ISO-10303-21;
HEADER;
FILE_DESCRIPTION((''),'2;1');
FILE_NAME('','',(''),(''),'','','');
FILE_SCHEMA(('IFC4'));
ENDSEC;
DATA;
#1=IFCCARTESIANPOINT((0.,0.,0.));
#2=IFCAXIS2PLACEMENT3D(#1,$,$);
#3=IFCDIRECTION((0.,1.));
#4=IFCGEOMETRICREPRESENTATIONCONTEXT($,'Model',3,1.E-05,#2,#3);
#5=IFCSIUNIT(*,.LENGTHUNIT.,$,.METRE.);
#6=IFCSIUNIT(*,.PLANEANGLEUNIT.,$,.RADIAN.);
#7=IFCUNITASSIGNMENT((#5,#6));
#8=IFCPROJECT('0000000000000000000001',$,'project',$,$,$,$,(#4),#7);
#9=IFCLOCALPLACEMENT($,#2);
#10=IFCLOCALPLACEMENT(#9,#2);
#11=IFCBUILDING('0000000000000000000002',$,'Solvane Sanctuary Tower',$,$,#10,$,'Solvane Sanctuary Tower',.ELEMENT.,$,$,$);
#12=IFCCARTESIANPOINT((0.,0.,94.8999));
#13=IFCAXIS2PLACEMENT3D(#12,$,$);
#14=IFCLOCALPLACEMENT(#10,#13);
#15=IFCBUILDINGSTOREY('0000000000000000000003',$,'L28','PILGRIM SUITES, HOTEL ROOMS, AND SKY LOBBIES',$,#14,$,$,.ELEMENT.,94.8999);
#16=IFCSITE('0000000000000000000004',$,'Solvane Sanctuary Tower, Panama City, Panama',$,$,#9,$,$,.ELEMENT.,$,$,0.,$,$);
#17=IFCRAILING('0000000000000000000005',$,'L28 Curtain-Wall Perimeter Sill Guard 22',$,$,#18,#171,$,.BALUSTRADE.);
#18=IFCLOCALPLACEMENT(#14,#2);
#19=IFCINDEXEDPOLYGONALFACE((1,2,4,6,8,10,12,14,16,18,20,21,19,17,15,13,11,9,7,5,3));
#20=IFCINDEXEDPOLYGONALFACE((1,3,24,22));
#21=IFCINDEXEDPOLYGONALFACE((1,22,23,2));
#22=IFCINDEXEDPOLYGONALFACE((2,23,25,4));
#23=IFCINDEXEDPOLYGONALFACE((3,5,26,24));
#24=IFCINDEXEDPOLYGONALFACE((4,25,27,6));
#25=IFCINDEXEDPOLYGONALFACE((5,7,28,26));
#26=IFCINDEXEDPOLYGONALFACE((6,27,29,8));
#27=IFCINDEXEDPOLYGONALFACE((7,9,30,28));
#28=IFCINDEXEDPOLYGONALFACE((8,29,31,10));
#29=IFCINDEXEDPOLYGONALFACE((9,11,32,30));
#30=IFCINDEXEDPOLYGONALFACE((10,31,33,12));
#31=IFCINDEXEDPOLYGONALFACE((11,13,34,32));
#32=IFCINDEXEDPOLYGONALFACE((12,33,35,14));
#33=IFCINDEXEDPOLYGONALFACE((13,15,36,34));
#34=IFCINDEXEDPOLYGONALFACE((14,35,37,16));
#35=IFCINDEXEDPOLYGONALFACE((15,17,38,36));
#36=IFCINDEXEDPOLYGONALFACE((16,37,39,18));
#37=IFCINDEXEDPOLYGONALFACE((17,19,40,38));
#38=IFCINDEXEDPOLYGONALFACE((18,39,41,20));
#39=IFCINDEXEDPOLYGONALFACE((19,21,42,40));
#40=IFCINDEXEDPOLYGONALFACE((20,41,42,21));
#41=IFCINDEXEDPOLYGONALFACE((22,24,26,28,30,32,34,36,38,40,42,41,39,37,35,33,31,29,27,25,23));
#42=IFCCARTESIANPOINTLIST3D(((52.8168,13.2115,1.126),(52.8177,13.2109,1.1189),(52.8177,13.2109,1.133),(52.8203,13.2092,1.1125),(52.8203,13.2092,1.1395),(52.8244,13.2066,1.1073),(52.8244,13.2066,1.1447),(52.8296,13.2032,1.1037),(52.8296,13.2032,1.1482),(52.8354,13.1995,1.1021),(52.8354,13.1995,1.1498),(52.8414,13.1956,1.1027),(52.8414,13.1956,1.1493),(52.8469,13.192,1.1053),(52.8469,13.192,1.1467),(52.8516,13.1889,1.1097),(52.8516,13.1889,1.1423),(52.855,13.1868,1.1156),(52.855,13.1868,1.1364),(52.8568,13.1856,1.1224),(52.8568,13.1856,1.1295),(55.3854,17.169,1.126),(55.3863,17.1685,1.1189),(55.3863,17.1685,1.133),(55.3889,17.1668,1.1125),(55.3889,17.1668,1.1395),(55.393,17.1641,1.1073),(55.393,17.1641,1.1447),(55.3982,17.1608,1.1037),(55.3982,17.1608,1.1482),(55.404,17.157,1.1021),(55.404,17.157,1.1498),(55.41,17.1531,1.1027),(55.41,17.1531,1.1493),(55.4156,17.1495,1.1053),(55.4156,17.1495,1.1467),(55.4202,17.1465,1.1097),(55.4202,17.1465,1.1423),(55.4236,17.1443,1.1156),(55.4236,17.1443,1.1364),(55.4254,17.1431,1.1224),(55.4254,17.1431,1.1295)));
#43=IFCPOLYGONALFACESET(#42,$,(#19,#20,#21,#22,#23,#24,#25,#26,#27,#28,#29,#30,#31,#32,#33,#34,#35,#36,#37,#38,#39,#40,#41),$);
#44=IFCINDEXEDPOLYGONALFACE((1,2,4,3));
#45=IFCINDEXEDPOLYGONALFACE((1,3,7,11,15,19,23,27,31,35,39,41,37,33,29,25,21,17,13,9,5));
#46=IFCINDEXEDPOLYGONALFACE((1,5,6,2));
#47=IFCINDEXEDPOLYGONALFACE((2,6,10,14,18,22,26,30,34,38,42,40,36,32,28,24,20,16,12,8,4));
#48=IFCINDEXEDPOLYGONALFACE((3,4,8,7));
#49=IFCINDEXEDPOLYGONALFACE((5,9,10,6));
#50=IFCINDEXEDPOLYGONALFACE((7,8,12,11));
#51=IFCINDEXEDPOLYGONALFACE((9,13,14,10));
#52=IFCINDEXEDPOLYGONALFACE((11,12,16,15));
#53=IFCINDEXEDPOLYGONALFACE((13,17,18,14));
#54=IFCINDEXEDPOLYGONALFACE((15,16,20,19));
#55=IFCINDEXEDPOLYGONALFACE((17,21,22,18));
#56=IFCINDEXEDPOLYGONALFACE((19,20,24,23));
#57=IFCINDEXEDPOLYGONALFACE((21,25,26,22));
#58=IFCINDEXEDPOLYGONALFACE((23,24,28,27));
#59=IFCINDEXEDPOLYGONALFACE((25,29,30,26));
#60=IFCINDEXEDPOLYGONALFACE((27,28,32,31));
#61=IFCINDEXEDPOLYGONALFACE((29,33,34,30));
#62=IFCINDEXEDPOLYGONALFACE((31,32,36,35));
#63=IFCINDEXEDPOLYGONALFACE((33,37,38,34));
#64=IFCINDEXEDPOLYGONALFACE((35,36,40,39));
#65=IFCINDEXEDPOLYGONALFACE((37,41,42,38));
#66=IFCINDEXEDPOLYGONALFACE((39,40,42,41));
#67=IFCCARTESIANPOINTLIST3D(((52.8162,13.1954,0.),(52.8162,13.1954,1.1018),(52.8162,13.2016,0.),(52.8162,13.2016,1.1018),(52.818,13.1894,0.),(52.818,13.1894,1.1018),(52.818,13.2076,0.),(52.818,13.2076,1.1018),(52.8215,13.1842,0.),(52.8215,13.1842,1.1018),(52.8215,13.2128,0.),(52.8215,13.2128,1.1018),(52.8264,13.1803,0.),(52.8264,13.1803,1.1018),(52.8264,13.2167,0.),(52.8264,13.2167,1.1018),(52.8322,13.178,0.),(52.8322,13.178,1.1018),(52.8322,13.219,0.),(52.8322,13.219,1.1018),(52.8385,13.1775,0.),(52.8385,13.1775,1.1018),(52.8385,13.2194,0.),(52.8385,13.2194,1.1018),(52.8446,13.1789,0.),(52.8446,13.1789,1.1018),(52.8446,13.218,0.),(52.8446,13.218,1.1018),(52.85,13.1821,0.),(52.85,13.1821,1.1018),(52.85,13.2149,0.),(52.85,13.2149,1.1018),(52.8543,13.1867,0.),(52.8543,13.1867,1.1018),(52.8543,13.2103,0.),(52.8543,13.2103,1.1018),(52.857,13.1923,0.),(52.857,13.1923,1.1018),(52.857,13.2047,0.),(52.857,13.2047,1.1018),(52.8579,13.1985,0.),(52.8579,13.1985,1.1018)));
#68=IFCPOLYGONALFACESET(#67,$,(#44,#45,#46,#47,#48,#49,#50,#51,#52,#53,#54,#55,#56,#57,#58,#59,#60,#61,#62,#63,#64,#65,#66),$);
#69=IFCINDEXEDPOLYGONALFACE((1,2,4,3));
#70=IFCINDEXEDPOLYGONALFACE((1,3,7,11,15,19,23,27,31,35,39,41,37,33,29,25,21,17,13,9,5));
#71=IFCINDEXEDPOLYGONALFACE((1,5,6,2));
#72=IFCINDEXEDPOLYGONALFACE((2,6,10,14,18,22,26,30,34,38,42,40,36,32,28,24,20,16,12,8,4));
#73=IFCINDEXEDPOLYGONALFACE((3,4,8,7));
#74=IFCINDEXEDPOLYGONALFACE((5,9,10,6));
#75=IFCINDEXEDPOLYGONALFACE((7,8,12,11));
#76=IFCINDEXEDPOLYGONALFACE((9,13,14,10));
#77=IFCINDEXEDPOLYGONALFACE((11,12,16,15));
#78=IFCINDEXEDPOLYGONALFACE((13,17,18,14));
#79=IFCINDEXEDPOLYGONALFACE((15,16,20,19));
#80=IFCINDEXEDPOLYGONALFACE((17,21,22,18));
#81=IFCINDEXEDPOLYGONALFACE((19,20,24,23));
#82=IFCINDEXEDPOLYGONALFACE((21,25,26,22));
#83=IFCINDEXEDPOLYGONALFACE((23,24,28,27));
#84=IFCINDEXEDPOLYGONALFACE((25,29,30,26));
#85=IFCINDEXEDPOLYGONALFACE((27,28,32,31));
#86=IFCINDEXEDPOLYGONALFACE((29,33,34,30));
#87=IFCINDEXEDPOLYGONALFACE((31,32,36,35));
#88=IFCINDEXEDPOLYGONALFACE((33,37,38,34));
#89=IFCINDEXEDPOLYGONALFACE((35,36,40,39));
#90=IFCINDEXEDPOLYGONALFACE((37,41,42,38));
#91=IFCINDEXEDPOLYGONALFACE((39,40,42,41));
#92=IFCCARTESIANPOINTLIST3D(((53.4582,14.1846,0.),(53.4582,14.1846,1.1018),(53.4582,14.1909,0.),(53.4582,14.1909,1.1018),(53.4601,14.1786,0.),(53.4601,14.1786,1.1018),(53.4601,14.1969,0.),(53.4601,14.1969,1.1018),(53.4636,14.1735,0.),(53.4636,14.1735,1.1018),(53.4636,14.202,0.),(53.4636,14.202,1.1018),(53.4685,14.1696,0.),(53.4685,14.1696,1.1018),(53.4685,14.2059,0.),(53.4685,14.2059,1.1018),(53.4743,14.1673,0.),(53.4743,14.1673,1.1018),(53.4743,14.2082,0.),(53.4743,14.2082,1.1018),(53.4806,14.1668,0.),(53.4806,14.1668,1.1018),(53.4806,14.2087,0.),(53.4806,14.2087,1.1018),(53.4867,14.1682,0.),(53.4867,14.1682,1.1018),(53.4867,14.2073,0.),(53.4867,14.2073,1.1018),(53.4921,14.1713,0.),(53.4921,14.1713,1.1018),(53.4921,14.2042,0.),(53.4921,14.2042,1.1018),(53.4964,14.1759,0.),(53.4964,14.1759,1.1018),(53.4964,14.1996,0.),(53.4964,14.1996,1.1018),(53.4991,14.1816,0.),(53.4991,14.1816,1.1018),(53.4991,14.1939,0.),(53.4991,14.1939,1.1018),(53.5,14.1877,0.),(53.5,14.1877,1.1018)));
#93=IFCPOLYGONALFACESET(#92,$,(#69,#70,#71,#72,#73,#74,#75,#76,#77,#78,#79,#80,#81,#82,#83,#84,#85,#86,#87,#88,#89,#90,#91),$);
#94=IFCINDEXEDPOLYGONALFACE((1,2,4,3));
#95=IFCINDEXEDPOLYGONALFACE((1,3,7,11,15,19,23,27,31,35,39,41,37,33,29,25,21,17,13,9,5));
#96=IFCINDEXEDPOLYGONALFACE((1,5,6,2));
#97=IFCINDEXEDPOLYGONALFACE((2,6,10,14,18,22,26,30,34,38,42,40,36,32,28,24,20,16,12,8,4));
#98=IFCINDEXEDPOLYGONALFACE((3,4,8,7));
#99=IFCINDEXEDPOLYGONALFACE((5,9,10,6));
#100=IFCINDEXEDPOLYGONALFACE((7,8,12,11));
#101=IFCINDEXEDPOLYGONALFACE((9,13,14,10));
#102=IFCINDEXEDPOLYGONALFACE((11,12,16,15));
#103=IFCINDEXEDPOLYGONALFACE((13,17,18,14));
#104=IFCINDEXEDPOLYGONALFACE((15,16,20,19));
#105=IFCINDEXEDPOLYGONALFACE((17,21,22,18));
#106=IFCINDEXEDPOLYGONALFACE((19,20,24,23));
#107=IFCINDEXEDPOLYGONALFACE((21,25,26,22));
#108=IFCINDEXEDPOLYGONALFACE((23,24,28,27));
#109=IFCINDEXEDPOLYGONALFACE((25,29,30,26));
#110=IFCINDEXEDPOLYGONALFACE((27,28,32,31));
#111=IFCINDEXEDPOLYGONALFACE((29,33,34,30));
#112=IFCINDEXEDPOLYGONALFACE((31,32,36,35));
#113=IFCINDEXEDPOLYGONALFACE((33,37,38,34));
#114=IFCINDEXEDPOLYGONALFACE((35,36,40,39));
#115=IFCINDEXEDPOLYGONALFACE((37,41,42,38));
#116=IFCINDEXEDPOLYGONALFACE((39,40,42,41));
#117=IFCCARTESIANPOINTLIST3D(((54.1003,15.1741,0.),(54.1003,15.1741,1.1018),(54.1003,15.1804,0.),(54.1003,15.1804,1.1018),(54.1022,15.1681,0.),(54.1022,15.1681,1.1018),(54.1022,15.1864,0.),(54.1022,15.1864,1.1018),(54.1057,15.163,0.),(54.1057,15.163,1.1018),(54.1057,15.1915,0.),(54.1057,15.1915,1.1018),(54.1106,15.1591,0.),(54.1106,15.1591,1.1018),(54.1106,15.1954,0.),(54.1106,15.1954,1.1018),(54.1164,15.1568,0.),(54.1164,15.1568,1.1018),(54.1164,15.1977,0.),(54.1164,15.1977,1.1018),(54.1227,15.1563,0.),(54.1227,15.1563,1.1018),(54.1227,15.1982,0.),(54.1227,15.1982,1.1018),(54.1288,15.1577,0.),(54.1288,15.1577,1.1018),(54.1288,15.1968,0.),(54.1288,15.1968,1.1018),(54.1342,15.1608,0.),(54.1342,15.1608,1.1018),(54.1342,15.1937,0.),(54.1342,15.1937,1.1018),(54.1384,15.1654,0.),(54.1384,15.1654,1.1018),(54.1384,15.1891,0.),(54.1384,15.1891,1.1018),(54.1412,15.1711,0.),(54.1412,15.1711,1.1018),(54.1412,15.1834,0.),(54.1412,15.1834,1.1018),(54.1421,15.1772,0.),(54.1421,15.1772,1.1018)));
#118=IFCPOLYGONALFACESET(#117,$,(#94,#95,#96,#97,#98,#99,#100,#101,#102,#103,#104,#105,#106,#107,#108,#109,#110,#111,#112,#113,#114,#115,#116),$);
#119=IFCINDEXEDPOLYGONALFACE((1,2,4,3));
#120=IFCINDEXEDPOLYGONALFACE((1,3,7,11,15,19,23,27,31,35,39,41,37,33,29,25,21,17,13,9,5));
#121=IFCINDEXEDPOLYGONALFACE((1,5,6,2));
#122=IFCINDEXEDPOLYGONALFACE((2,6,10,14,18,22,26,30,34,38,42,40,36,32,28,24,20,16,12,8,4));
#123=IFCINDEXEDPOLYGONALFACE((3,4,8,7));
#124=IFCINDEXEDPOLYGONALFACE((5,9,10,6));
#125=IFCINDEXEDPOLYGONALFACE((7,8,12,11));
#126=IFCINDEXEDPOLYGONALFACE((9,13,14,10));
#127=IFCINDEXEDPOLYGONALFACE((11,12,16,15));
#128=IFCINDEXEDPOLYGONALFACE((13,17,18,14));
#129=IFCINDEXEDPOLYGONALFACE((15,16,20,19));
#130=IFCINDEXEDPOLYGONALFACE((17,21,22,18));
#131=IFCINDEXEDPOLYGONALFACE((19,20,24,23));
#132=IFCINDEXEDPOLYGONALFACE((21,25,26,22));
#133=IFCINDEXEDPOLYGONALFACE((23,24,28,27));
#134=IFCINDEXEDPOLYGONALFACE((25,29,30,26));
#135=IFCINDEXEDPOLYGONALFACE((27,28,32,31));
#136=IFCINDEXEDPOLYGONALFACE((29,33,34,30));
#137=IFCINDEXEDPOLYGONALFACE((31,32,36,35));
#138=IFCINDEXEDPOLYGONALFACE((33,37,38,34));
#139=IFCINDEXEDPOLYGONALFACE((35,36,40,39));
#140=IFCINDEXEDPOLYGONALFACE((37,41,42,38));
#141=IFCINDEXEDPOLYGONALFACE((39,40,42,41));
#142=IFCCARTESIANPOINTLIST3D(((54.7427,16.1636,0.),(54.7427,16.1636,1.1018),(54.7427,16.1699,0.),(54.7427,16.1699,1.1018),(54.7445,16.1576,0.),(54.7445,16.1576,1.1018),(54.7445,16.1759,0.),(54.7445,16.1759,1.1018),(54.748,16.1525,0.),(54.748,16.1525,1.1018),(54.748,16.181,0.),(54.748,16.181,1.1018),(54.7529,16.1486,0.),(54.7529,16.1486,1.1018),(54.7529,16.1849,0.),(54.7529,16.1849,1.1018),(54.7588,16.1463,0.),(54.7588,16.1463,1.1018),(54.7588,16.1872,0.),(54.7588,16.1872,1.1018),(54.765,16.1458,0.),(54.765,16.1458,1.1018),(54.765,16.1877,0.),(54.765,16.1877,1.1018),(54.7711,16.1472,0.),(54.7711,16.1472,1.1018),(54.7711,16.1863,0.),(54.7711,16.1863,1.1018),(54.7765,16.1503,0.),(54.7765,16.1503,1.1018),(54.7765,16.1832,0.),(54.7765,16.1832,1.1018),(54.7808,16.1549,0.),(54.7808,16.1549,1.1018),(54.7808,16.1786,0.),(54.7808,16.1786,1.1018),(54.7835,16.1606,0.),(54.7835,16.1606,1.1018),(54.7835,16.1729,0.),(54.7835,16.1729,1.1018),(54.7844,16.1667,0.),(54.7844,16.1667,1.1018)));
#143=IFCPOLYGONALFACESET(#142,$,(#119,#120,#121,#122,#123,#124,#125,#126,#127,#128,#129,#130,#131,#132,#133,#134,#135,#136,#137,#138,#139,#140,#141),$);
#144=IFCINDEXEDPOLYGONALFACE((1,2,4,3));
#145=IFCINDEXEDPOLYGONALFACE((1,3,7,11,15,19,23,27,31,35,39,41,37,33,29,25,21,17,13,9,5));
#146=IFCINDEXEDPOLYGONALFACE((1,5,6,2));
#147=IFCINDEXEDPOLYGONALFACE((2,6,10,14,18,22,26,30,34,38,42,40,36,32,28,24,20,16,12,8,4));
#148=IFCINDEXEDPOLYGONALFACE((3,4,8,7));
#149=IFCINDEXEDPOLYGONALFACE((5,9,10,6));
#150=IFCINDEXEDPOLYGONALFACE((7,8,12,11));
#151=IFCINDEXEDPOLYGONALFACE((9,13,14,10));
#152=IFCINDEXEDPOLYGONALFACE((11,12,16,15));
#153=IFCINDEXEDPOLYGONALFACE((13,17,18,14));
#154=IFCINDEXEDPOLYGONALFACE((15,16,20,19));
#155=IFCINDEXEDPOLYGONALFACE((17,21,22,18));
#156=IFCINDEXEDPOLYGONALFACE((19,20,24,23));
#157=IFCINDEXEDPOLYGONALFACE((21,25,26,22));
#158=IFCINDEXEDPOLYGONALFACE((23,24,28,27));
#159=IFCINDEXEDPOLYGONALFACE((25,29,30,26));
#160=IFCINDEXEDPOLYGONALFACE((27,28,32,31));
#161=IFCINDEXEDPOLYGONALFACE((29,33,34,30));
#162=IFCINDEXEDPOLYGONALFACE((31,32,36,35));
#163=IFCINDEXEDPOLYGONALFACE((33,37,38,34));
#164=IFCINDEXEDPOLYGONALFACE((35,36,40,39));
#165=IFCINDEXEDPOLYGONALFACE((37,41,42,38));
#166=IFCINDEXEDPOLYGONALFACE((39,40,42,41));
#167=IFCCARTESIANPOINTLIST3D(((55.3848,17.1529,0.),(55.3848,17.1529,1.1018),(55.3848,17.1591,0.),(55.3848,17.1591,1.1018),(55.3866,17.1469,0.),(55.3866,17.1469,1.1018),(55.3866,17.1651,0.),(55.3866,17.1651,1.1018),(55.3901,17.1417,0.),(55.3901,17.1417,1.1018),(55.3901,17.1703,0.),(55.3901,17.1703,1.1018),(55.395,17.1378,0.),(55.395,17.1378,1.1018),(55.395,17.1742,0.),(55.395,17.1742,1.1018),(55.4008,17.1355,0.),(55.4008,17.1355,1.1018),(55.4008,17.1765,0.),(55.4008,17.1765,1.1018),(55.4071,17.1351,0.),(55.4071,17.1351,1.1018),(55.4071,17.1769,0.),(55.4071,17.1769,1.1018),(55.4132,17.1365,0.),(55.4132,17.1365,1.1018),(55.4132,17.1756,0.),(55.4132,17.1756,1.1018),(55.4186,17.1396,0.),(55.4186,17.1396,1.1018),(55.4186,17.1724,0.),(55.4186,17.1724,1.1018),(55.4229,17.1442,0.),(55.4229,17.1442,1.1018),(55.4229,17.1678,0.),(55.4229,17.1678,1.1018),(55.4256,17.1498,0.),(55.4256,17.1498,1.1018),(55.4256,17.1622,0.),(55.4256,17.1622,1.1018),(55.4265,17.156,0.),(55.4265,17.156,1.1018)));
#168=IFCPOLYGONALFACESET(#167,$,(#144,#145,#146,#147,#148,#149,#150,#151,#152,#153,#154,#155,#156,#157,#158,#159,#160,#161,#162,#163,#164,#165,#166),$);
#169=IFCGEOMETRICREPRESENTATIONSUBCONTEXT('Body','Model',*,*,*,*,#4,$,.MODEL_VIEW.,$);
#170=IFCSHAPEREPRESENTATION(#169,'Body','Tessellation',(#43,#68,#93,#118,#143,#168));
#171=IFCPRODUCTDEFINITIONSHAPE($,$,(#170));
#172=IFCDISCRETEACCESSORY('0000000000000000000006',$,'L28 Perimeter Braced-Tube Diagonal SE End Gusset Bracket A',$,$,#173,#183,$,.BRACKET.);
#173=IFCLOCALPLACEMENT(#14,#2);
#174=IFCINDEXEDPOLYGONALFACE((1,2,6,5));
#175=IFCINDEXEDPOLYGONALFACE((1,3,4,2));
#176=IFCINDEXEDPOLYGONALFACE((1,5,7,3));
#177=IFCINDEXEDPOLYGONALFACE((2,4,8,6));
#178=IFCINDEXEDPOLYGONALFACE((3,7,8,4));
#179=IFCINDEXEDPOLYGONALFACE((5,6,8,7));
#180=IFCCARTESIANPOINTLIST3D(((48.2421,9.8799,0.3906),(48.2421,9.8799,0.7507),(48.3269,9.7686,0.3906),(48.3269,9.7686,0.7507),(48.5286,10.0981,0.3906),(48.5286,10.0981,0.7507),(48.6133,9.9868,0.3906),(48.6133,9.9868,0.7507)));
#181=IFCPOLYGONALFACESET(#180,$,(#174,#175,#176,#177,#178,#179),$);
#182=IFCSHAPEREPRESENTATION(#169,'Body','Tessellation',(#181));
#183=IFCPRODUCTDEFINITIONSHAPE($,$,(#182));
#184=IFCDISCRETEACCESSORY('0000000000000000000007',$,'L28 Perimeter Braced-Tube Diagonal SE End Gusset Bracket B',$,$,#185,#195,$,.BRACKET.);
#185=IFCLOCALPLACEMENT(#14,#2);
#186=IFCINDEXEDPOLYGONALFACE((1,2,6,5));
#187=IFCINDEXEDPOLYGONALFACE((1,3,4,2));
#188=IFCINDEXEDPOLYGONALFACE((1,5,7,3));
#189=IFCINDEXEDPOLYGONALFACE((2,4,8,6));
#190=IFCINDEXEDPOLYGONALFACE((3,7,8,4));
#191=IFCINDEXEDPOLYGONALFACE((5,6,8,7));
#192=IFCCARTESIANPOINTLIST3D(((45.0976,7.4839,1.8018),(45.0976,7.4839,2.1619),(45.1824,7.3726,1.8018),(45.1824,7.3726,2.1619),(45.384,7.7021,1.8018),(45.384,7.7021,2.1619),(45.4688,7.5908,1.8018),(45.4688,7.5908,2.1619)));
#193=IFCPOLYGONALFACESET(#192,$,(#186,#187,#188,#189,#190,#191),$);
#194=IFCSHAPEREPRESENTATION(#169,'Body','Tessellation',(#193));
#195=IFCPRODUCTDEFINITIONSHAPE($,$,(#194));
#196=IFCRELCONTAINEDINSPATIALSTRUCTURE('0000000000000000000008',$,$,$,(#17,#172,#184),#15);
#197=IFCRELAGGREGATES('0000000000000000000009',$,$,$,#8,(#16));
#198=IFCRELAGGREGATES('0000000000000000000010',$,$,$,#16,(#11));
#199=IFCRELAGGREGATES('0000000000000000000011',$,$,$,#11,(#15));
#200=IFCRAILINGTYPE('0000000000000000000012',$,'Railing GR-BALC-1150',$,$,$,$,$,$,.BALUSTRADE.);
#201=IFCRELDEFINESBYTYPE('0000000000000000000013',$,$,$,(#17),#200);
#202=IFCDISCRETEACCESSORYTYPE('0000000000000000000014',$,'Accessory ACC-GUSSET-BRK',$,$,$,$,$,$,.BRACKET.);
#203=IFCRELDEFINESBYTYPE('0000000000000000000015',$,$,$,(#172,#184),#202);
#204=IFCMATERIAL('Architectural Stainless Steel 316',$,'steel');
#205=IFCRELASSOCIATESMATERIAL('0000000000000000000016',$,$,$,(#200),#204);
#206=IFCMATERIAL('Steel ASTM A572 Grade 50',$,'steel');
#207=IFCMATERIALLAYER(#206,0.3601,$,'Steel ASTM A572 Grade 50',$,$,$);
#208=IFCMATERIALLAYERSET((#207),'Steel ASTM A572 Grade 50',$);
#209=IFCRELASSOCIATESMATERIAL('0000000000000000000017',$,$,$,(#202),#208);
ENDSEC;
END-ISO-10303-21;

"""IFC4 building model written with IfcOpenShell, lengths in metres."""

from ifc_helpers import new_model, si_unit, direction, frame, origin, origin_2d, place, context, subcontext, project, spatial, rectangle, circle, extrude, material, layer, layer_set, type_object, element, save


model = new_model("IFC4")

# Units and contexts
model_context = context("Model", 3, precision=1e-05, world=origin(), true_north=direction((0.0, 1.0)))
body_context = subcontext(model_context, "Body", "Model", "MODEL_VIEW")
ifc_project = project(units=[si_unit("LENGTHUNIT", "METRE"), si_unit("PLANEANGLEUNIT", "RADIAN")], contexts=[model_context])

# Site, building, storey
site_placement = place(None, origin())
site = spatial("IfcSite", under=ifc_project, at=site_placement, Name="Solvane Sanctuary Tower, Panama City, Panama", CompositionType="ELEMENT", RefElevation=0.0)
building_placement = place(site_placement, origin())
building = spatial("IfcBuilding", under=site, at=building_placement, Name="Solvane Sanctuary Tower", LongName="Solvane Sanctuary Tower", CompositionType="ELEMENT")
storey_placement = place(building_placement, frame((0.0, 0.0, 94.8999)))
storey = spatial("IfcBuildingStorey", under=building, at=storey_placement, Name="L28", Description="PILGRIM SUITES, HOTEL ROOMS, AND SKY LOBBIES", CompositionType="ELEMENT", Elevation=94.8999)

# Shared definitions
ifc_material_1 = material(Name="Architectural Stainless Steel 316", Category="steel")

# Railing
railing_type = type_object("IfcRailingType", Name="Railing GR-BALC-1150", PredefinedType="BALUSTRADE", material=ifc_material_1)
railing_placement = place(storey_placement, frame((52.8369, 13.1985, 0.0)))
element("IfcRailing", 1, at=railing_placement, inside=storey, type_object=railing_type, Name="L28 Curtain-Wall Perimeter Sill Guard 22", PredefinedType="BALUSTRADE", context=body_context, shape_type="SweptSolid", body=[
    extrude(circle(Radius=0.0239, at=origin_2d()), frame((0.0, 0.0, 1.126), z_axis=(0.544424, 0.83881, 0.0), x_axis=(-0.83881, 0.544424, 0.0)), (0.0, 0.0, 1.0), 4.718),
    extrude(circle(Radius=0.021, at=origin_2d()), origin(), (0.0, 0.0, 1.0), 1.1018),
    extrude(circle(Radius=0.021, at=origin_2d()), frame((0.6421, 0.9893, 0.0)), (0.0, 0.0, 1.0), 1.1018),
    extrude(circle(Radius=0.021, at=origin_2d()), frame((1.2842, 1.9788, 0.0)), (0.0, 0.0, 1.0), 1.1018),
    extrude(circle(Radius=0.021, at=origin_2d()), frame((1.9265, 2.9683, 0.0)), (0.0, 0.0, 1.0), 1.1018),
    extrude(circle(Radius=0.021, at=origin_2d()), frame((2.5686, 3.9575, 0.0)), (0.0, 0.0, 1.0), 1.1018),
])

# Discrete accessories
ifc_material_2 = material(Name="Steel ASTM A572 Grade 50", Category="steel")
ifc_layer_1 = layer(ifc_material_2, 0.3601, Name="Steel ASTM A572 Grade 50")
ifc_layer_set_1 = layer_set([ifc_layer_1], Name="Steel ASTM A572 Grade 50")
discrete_accessory_type = type_object("IfcDiscreteAccessoryType", Name="Accessory ACC-GUSSET-BRK", PredefinedType="BRACKET", material=ifc_layer_set_1)
for number, where, z_axis, x_axis, name in (
    (2, (48.4277, 9.9333, 0.3906), (0.0, 0.0, 1.0), (-0.795473, -0.605988, 0.0), "L28 Perimeter Braced-Tube Diagonal SE End Gusset Bracket A"),
    (3, (45.2832, 7.5374, 1.8018), (0.0, 0.0, 1.0), (-0.795473, -0.605988, 0.0), "L28 Perimeter Braced-Tube Diagonal SE End Gusset Bracket B"),
):
    element("IfcDiscreteAccessory", number, at=place(storey_placement, frame(where, z_axis=z_axis, x_axis=x_axis)), inside=storey, type_object=discrete_accessory_type, Name=name, PredefinedType="BRACKET", context=body_context, shape_type="SweptSolid", body=[
        extrude(rectangle(XDim=0.3601, YDim=0.1399, at=origin_2d()), origin(), (0.0, 0.0, 1.0), 0.3601),
    ])

save(model, "model.ifc")
